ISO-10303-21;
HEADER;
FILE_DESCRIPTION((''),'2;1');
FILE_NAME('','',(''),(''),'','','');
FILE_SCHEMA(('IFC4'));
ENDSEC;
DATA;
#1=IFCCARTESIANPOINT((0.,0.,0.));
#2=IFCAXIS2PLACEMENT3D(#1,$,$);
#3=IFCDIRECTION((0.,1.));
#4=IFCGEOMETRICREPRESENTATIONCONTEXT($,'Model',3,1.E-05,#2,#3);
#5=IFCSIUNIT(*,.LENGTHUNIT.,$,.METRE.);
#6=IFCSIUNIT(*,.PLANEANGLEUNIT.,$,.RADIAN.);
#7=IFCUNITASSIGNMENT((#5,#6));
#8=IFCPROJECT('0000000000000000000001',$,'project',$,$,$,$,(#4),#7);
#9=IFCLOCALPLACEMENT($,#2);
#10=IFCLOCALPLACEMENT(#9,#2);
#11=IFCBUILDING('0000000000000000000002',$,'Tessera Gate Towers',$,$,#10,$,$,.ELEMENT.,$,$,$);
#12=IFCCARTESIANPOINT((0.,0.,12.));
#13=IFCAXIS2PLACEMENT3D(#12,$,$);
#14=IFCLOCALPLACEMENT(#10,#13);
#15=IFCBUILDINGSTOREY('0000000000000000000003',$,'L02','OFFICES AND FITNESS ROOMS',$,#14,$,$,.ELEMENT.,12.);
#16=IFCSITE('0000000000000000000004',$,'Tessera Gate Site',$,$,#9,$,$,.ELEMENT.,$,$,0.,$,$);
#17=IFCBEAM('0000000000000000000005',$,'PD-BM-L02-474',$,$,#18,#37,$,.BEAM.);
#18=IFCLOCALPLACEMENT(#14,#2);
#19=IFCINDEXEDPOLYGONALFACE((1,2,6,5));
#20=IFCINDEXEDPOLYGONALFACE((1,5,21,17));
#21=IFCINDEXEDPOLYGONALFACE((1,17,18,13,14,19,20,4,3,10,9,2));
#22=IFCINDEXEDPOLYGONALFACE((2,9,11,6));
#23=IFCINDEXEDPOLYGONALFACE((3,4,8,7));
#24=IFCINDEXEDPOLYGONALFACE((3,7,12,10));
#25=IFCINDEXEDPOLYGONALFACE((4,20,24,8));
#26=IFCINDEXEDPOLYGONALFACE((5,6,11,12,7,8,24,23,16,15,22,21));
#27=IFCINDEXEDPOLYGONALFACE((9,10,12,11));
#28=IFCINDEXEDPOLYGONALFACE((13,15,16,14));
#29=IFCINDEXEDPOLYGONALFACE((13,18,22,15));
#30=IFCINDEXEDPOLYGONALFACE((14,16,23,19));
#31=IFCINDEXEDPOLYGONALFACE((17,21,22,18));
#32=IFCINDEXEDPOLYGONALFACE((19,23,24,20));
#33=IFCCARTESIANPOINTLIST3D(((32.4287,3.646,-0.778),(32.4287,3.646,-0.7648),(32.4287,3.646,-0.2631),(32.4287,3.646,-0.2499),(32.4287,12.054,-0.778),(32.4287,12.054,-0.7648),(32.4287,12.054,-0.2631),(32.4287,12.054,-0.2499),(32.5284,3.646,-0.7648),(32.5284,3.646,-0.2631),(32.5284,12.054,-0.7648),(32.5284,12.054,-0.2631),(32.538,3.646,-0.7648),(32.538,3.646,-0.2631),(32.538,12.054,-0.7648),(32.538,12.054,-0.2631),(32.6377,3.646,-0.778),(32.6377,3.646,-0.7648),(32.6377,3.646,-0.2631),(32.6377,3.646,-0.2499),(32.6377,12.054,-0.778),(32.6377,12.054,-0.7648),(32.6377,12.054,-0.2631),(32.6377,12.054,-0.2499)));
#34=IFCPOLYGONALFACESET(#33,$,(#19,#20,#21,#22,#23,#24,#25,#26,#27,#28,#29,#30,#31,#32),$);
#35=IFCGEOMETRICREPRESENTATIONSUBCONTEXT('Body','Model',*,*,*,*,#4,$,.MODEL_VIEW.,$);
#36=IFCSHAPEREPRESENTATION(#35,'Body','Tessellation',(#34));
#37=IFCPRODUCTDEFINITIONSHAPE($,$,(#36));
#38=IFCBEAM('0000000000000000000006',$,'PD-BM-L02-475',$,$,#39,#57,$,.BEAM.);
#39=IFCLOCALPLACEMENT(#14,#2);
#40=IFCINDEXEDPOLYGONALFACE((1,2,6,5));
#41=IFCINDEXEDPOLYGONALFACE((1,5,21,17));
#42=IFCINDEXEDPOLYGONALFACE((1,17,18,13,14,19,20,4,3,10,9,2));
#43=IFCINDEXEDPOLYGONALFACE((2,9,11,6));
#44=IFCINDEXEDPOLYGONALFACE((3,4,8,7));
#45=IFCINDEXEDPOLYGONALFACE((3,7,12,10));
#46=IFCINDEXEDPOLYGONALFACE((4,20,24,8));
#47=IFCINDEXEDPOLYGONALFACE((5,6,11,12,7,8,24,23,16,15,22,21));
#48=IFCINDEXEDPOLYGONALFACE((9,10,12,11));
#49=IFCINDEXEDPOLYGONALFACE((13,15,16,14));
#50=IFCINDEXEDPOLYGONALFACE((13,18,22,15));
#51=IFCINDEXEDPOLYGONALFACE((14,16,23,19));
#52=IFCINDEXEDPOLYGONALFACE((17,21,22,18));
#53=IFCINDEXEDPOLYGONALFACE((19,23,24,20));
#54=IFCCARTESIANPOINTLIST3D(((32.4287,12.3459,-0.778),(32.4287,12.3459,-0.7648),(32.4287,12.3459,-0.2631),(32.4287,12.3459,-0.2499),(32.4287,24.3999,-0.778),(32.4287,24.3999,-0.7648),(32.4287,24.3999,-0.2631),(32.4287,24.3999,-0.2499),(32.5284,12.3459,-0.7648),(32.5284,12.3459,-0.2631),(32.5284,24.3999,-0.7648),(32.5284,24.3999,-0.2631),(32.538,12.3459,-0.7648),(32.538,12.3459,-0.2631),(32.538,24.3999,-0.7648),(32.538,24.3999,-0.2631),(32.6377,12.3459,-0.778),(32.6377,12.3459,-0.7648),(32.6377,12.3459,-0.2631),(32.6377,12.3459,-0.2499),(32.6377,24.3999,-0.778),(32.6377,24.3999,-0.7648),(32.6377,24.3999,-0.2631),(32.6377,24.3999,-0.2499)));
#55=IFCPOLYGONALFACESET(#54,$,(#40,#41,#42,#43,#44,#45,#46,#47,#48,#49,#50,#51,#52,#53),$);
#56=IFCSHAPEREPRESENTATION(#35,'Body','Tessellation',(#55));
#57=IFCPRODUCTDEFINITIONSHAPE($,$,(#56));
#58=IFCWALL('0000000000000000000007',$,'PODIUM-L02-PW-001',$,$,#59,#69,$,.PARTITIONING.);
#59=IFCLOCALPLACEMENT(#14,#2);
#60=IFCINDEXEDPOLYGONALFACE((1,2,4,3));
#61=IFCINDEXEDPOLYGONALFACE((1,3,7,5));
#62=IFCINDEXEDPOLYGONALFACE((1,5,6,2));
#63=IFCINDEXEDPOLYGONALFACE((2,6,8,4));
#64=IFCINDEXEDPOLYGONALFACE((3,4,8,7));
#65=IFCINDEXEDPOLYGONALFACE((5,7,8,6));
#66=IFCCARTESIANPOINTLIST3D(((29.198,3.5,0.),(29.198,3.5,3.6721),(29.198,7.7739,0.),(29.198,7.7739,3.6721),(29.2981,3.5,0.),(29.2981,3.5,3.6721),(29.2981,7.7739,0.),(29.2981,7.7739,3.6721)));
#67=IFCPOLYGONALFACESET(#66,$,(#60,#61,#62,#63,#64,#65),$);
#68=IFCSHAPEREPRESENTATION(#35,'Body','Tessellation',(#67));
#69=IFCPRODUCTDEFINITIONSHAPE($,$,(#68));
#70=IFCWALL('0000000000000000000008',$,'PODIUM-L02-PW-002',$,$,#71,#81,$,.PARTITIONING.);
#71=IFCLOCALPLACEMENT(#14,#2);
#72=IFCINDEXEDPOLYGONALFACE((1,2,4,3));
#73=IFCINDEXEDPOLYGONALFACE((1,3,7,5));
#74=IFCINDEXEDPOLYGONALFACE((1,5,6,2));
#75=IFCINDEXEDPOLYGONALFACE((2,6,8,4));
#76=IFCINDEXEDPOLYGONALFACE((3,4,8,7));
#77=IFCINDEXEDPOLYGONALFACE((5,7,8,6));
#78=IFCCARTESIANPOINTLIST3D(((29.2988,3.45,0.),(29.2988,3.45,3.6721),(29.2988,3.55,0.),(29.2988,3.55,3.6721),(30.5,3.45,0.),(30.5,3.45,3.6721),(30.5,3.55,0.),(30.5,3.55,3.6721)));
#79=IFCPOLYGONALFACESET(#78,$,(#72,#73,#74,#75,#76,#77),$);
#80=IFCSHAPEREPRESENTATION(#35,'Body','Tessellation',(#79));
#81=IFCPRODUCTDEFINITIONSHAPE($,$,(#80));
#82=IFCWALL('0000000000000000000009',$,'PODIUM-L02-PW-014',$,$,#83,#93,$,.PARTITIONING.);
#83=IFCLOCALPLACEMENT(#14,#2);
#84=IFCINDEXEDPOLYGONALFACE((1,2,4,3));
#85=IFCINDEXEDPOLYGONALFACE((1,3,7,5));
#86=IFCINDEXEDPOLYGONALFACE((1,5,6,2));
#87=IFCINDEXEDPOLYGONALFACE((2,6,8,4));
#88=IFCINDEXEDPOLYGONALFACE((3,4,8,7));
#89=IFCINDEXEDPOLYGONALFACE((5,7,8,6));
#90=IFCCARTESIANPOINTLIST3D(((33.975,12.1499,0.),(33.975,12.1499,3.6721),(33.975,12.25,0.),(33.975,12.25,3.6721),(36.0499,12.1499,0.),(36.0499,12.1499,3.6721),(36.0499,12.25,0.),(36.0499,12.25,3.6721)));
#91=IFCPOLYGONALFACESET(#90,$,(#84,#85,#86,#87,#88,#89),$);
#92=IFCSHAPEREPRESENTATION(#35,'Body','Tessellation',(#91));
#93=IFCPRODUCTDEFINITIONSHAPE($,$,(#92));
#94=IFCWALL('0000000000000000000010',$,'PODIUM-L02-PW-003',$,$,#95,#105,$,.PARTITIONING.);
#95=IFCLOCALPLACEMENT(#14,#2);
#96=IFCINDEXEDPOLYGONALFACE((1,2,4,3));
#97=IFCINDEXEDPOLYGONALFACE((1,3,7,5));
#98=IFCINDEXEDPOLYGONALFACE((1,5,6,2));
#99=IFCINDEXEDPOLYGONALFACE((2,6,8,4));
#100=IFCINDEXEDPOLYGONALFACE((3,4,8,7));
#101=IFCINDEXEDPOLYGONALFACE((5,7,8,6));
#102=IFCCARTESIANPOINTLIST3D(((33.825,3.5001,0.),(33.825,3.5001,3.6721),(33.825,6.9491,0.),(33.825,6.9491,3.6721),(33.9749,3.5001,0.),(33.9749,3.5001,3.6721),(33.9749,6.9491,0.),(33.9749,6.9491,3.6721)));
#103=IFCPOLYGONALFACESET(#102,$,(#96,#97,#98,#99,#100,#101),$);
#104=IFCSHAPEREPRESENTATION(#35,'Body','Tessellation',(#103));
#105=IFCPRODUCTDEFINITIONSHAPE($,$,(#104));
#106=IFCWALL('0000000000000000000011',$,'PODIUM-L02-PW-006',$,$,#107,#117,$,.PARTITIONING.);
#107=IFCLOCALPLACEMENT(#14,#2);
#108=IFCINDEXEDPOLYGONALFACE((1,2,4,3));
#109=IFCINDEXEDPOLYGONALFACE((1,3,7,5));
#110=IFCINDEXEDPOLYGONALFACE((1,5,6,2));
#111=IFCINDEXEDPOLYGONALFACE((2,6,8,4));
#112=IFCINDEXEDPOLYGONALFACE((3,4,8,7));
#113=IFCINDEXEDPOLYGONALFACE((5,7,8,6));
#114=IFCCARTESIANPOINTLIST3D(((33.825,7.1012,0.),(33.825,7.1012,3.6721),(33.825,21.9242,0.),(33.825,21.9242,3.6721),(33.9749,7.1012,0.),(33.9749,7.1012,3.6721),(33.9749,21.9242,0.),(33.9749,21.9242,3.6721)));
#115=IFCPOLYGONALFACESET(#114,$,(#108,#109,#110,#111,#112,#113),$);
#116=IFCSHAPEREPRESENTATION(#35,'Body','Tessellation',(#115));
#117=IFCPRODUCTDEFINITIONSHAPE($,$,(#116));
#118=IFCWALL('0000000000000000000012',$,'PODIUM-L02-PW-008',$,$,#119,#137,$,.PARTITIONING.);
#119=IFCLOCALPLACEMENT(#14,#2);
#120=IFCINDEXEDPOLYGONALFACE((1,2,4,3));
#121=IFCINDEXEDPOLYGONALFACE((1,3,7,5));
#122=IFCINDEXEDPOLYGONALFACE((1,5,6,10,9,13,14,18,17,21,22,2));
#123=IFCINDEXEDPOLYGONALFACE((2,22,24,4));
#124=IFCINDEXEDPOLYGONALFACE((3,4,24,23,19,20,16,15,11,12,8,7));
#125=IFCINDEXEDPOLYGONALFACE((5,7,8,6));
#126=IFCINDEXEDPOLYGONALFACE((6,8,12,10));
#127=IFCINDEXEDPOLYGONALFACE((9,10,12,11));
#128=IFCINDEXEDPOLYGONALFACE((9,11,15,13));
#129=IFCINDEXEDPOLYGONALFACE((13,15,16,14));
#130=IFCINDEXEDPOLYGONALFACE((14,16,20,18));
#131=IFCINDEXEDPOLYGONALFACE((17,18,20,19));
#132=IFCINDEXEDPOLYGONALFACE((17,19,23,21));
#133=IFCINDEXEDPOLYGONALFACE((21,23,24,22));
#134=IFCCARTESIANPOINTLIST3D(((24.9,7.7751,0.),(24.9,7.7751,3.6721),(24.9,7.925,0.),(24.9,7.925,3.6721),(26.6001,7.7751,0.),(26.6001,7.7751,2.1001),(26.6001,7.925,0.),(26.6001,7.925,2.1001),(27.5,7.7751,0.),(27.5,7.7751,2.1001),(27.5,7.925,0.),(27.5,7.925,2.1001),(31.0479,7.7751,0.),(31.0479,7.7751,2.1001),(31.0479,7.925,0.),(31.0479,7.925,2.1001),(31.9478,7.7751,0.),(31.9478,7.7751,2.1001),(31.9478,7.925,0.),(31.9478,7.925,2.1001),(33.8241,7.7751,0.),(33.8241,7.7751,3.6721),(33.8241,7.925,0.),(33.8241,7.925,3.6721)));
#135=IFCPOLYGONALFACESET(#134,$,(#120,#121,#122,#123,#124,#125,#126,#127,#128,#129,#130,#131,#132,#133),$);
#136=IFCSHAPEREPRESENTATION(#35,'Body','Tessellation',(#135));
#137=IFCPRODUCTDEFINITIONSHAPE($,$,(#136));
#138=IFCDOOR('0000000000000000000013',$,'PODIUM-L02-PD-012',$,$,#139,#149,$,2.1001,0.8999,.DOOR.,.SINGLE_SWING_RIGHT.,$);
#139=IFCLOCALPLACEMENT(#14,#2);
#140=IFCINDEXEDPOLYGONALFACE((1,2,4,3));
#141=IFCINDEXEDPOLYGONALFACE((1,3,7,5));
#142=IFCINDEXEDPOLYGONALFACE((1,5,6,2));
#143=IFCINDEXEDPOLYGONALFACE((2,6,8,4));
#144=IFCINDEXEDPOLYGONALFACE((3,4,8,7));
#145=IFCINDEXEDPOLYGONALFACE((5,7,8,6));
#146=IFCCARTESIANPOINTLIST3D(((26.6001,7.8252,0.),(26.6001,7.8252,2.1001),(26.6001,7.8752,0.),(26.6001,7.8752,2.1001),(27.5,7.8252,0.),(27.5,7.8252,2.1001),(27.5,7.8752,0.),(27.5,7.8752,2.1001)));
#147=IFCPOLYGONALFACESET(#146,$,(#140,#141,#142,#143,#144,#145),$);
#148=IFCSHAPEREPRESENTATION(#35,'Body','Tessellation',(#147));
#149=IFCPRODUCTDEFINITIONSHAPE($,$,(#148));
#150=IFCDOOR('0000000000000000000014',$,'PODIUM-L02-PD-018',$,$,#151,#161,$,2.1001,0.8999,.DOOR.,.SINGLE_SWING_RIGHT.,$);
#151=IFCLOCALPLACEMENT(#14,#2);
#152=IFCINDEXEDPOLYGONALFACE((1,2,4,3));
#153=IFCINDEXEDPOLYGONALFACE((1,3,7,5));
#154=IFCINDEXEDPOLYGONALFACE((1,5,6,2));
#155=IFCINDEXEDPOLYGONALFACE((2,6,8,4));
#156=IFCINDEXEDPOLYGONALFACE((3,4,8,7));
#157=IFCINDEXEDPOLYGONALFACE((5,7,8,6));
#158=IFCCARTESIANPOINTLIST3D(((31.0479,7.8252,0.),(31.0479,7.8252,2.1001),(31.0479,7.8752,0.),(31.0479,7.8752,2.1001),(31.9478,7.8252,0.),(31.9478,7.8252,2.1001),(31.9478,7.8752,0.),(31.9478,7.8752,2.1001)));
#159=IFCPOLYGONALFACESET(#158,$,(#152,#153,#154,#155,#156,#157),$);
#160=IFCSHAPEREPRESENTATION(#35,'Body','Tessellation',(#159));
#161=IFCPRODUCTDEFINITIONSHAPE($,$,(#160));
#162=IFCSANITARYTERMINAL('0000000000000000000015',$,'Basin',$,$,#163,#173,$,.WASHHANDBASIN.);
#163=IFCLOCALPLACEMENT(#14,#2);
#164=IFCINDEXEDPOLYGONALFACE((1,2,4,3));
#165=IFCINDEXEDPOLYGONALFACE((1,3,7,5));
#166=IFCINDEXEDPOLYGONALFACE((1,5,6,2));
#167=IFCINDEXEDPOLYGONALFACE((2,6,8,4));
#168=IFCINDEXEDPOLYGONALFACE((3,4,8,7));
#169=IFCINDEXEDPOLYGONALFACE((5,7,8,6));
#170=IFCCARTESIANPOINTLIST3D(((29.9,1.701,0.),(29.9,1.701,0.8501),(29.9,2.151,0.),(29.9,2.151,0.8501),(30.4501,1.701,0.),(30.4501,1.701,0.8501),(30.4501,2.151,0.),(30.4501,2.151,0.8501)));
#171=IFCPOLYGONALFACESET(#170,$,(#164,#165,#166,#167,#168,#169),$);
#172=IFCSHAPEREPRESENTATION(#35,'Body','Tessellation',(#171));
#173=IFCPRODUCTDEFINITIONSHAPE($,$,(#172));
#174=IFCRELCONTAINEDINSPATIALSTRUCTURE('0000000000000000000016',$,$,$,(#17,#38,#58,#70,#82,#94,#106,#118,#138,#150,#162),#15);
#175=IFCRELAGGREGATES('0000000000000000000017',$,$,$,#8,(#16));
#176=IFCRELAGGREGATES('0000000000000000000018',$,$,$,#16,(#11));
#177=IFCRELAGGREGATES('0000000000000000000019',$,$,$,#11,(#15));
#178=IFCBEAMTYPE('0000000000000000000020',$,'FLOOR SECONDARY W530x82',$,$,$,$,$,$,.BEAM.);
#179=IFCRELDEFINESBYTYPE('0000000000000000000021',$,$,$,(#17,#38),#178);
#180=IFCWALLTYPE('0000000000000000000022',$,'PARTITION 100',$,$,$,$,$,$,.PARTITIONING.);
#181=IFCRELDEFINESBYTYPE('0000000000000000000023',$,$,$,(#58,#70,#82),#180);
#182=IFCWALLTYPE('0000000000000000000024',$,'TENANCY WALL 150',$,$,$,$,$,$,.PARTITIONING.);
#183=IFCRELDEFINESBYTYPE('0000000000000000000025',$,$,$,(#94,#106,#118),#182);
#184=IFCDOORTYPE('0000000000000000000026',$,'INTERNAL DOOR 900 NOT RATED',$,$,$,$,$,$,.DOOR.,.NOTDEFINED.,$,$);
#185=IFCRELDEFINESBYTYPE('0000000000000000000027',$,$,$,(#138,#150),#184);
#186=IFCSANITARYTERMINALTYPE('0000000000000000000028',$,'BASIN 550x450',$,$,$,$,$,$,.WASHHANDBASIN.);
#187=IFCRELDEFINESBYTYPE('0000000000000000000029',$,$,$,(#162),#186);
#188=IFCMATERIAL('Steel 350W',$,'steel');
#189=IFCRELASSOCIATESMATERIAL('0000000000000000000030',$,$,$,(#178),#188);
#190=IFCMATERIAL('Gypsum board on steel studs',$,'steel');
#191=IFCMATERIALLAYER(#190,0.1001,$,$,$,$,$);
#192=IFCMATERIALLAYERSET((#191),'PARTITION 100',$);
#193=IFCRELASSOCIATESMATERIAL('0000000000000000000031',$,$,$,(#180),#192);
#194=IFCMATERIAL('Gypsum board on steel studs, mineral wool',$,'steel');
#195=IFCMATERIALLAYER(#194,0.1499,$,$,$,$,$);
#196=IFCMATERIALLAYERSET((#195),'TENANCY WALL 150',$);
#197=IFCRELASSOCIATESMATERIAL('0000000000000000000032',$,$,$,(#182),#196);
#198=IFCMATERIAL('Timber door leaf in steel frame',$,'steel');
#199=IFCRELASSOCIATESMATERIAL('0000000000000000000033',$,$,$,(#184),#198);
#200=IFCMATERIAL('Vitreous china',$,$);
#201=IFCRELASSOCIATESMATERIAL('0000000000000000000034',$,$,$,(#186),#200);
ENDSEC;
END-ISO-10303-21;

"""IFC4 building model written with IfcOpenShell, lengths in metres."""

from ifc_helpers import new_model, si_unit, direction, frame, frame_2d, origin, origin_2d, place, context, subcontext, project, spatial, rectangle, i_section, extrude, source, transform, mapped, material, layer, layer_set, material_profile, profile_set, type_object, element, fill, save


model = new_model("IFC4")

# Units and contexts
model_context = context("Model", 3, precision=1e-05, world=origin(), true_north=direction((0.0, 1.0)))
body_context = subcontext(model_context, "Body", "Model", "MODEL_VIEW")
ifc_project = project(units=[si_unit("LENGTHUNIT", "METRE"), si_unit("PLANEANGLEUNIT", "RADIAN")], contexts=[model_context])

# Site, building, storey
site_placement = place(None, origin())
site = spatial("IfcSite", under=ifc_project, at=site_placement, Name="Tessera Gate Site", CompositionType="ELEMENT", RefElevation=0.0)
building_placement = place(site_placement, origin())
building = spatial("IfcBuilding", under=site, at=building_placement, Name="Tessera Gate Towers", CompositionType="ELEMENT")
storey_placement = place(building_placement, frame((0.0, 0.0, 12.0)))
storey = spatial("IfcBuildingStorey", under=building, at=storey_placement, Name="L02", Description="OFFICES AND FITNESS ROOMS", CompositionType="ELEMENT", Elevation=12.0)

# Beams
ifc_material_1 = material(Name="Steel 350W", Category="steel")
ifc_material_profile_1 = material_profile(ifc_material_1, i_section(OverallWidth=0.209, OverallDepth=0.5281, WebThickness=0.0095, FlangeThickness=0.0132, at=origin_2d()), Name="W530x82")
ifc_profile_set_1 = profile_set([ifc_material_profile_1], Name="Steel 350W")
beam_type_1 = type_object("IfcBeamType", Name="FLOOR SECONDARY W530x82", PredefinedType="BEAM", material=ifc_profile_set_1)
beam_1_placement = place(storey_placement, frame((32.5332, 3.646, -0.5139), z_axis=(0.0, 1.0, 0.0), x_axis=(-1.0, 0.0, 0.0)))
element("IfcBeam", 1, at=beam_1_placement, inside=storey, type_object=beam_type_1, Name="PD-BM-L02-474", PredefinedType="BEAM", context=body_context, shape_type="SweptSolid", body=[
    extrude(i_section(OverallWidth=0.209, OverallDepth=0.5281, WebThickness=0.0095, FlangeThickness=0.0132, at=origin_2d()), origin(), (0.0, 0.0, 1.0), 8.408),
])
beam_2_placement = place(storey_placement, frame((32.5332, 12.3459, -0.5139), z_axis=(0.0, 1.0, 0.0), x_axis=(-1.0, 0.0, 0.0)))
element("IfcBeam", 2, at=beam_2_placement, inside=storey, type_object=beam_type_1, Name="PD-BM-L02-475", PredefinedType="BEAM", context=body_context, shape_type="SweptSolid", body=[
    extrude(i_section(OverallWidth=0.209, OverallDepth=0.5281, WebThickness=0.0095, FlangeThickness=0.0132, at=origin_2d()), origin(), (0.0, 0.0, 1.0), 12.054),
])

# Walls
ifc_material_2 = material(Name="Gypsum board on steel studs", Category="steel")
ifc_layer_1 = layer(ifc_material_2, 0.1001)
ifc_layer_set_1 = layer_set([ifc_layer_1], Name="PARTITION 100")
wall_type_1 = type_object("IfcWallType", Name="PARTITION 100", PredefinedType="PARTITIONING", material=ifc_layer_set_1)
wall_1_placement = place(storey_placement, frame((29.248, 3.5, 0.0), z_axis=(0.0, 0.0, 1.0), x_axis=(0.0, 1.0, 0.0)))
element("IfcWall", 3, at=wall_1_placement, inside=storey, type_object=wall_type_1, Name="PODIUM-L02-PW-001", PredefinedType="PARTITIONING", context=body_context, shape_type="SweptSolid", body=[
    extrude(rectangle(XDim=4.2739, YDim=0.1001, at=frame_2d((2.137, 0.0))), origin(), (0.0, 0.0, 1.0), 3.6721),
])
wall_2_placement = place(storey_placement, frame((29.2988, 3.5, 0.0), z_axis=(0.0, 0.0, 1.0), x_axis=(1.0, 0.0, 0.0)))
element("IfcWall", 4, at=wall_2_placement, inside=storey, type_object=wall_type_1, Name="PODIUM-L02-PW-002", PredefinedType="PARTITIONING", context=body_context, shape_type="SweptSolid", body=[
    extrude(rectangle(XDim=1.2012, YDim=0.1001, at=frame_2d((0.6006, 0.0))), origin(), (0.0, 0.0, 1.0), 3.6721),
])
wall_3_placement = place(storey_placement, frame((36.05, 12.2, 0.0), z_axis=(0.0, 0.0, 1.0), x_axis=(-1.0, 0.0, 0.0)))
element("IfcWall", 5, at=wall_3_placement, inside=storey, type_object=wall_type_1, Name="PODIUM-L02-PW-014", PredefinedType="PARTITIONING", context=body_context, shape_type="SweptSolid", body=[
    extrude(rectangle(XDim=2.075, YDim=0.1001, at=frame_2d((1.0376, 0.0))), origin(), (0.0, 0.0, 1.0), 3.6721),
])
ifc_material_3 = material(Name="Gypsum board on steel studs, mineral wool", Category="steel")
ifc_layer_2 = layer(ifc_material_3, 0.1499)
ifc_layer_set_2 = layer_set([ifc_layer_2], Name="TENANCY WALL 150")
wall_type_2 = type_object("IfcWallType", Name="TENANCY WALL 150", PredefinedType="PARTITIONING", material=ifc_layer_set_2)
wall_4_placement = place(storey_placement, frame((33.8999, 3.5, 0.0), z_axis=(0.0, 0.0, 1.0), x_axis=(0.0, 1.0, 0.0)))
element("IfcWall", 6, at=wall_4_placement, inside=storey, type_object=wall_type_2, Name="PODIUM-L02-PW-003", PredefinedType="PARTITIONING", context=body_context, shape_type="SweptSolid", body=[
    extrude(rectangle(XDim=3.449, YDim=0.1499, at=frame_2d((1.7246, 0.0))), origin(), (0.0, 0.0, 1.0), 3.6721),
])
wall_5_placement = place(storey_placement, frame((33.8999, 7.1011, 0.0), z_axis=(0.0, 0.0, 1.0), x_axis=(0.0, 1.0, 0.0)))
element("IfcWall", 7, at=wall_5_placement, inside=storey, type_object=wall_type_2, Name="PODIUM-L02-PW-006", PredefinedType="PARTITIONING", context=body_context, shape_type="SweptSolid", body=[
    extrude(rectangle(XDim=14.823, YDim=0.1499, at=frame_2d((7.4116, 0.0))), origin(), (0.0, 0.0, 1.0), 3.6721),
])

# Wall, openings, doors
wall_6_placement = place(storey_placement, frame((33.824, 7.8501, 0.0), z_axis=(0.0, 0.0, 1.0), x_axis=(-1.0, 0.0, 0.0)))
wall_6 = element("IfcWall", 8, at=wall_6_placement, inside=storey, type_object=wall_type_2, Name="PODIUM-L02-PW-008", PredefinedType="PARTITIONING", context=body_context, shape_type="SweptSolid", body=[
    extrude(rectangle(XDim=8.9241, YDim=0.1499, at=frame_2d((4.4619, 0.0))), origin(), (0.0, 0.0, 1.0), 3.6721),
])
shared_shape_1 = source(origin(), body_context, "Body", "SweptSolid", [
    extrude(rectangle(XDim=0.8999, YDim=2.1001, at=frame_2d((0.45, 1.05))), frame((0.0, 0.085, 0.0), z_axis=(0.0, -1.0, 0.0), x_axis=(1.0, 0.0, 0.0)), (0.0, 0.0, 1.0), 0.1699),
])
opening_1_placement = place(wall_6_placement, frame((6.324, 0.0, 0.0)))
opening_1 = element("IfcOpeningElement", 9, at=opening_1_placement, cuts=wall_6, PredefinedType="OPENING", context=body_context, shape_type="MappedRepresentation", body=[
    mapped(shared_shape_1, transform((0.0, 0.0, 0.0), scale=1.0)),
])
opening_2_placement = place(wall_6_placement, frame((1.8762, 0.0, 0.0)))
opening_2 = element("IfcOpeningElement", 10, at=opening_2_placement, cuts=wall_6, PredefinedType="OPENING", context=body_context, shape_type="MappedRepresentation", body=[
    mapped(shared_shape_1, transform((0.0, 0.0, 0.0), scale=1.0)),
])
ifc_material_4 = material(Name="Timber door leaf in steel frame", Category="steel")
door_type = type_object("IfcDoorType", Name="INTERNAL DOOR 900 NOT RATED", OperationType="NOTDEFINED", PredefinedType="DOOR", material=ifc_material_4)
shared_shape_2 = source(origin(), body_context, "Body", "SweptSolid", [
    extrude(rectangle(XDim=0.8999, YDim=2.1001, at=frame_2d((0.45, 1.05))), frame((0.0, 0.0249, 0.0), z_axis=(0.0, -1.0, 0.0), x_axis=(1.0, 0.0, 0.0)), (0.0, 0.0, 1.0), 0.05),
])
door_1_placement = place(opening_1_placement, origin())
door_1 = element("IfcDoor", 11, at=door_1_placement, inside=storey, type_object=door_type, Name="PODIUM-L02-PD-012", OperationType="SINGLE_SWING_RIGHT", OverallHeight=2.1001, OverallWidth=0.8999, PredefinedType="DOOR", context=body_context, shape_type="MappedRepresentation", body=[
    mapped(shared_shape_2, transform((0.0, 0.0, 0.0), scale=1.0)),
])
fill(opening_1, door_1)
door_2_placement = place(opening_2_placement, origin())
door_2 = element("IfcDoor", 12, at=door_2_placement, inside=storey, type_object=door_type, Name="PODIUM-L02-PD-018", OperationType="SINGLE_SWING_RIGHT", OverallHeight=2.1001, OverallWidth=0.8999, PredefinedType="DOOR", context=body_context, shape_type="MappedRepresentation", body=[
    mapped(shared_shape_2, transform((0.0, 0.0, 0.0), scale=1.0)),
])
fill(opening_2, door_2)

# Sanitary terminal
ifc_material_5 = material(Name="Vitreous china")
sanitary_terminal_type_1 = type_object("IfcSanitaryTerminalType", Name="BASIN 550x450", PredefinedType="WASHHANDBASIN", material=ifc_material_5)
sanitary_terminal_placement = place(storey_placement, frame((30.175, 1.926, 0.0), z_axis=(0.0, 0.0, 1.0), x_axis=(1.0, 0.0, 0.0)))
element("IfcSanitaryTerminal", 13, at=sanitary_terminal_placement, inside=storey, type_object=sanitary_terminal_type_1, Name="Basin", PredefinedType="WASHHANDBASIN", context=body_context, shape_type="SweptSolid", body=[
    extrude(rectangle(XDim=0.55, YDim=0.45, at=origin_2d()), origin(), (0.0, 0.0, 1.0), 0.8501),
])

save(model, "model.ifc")
